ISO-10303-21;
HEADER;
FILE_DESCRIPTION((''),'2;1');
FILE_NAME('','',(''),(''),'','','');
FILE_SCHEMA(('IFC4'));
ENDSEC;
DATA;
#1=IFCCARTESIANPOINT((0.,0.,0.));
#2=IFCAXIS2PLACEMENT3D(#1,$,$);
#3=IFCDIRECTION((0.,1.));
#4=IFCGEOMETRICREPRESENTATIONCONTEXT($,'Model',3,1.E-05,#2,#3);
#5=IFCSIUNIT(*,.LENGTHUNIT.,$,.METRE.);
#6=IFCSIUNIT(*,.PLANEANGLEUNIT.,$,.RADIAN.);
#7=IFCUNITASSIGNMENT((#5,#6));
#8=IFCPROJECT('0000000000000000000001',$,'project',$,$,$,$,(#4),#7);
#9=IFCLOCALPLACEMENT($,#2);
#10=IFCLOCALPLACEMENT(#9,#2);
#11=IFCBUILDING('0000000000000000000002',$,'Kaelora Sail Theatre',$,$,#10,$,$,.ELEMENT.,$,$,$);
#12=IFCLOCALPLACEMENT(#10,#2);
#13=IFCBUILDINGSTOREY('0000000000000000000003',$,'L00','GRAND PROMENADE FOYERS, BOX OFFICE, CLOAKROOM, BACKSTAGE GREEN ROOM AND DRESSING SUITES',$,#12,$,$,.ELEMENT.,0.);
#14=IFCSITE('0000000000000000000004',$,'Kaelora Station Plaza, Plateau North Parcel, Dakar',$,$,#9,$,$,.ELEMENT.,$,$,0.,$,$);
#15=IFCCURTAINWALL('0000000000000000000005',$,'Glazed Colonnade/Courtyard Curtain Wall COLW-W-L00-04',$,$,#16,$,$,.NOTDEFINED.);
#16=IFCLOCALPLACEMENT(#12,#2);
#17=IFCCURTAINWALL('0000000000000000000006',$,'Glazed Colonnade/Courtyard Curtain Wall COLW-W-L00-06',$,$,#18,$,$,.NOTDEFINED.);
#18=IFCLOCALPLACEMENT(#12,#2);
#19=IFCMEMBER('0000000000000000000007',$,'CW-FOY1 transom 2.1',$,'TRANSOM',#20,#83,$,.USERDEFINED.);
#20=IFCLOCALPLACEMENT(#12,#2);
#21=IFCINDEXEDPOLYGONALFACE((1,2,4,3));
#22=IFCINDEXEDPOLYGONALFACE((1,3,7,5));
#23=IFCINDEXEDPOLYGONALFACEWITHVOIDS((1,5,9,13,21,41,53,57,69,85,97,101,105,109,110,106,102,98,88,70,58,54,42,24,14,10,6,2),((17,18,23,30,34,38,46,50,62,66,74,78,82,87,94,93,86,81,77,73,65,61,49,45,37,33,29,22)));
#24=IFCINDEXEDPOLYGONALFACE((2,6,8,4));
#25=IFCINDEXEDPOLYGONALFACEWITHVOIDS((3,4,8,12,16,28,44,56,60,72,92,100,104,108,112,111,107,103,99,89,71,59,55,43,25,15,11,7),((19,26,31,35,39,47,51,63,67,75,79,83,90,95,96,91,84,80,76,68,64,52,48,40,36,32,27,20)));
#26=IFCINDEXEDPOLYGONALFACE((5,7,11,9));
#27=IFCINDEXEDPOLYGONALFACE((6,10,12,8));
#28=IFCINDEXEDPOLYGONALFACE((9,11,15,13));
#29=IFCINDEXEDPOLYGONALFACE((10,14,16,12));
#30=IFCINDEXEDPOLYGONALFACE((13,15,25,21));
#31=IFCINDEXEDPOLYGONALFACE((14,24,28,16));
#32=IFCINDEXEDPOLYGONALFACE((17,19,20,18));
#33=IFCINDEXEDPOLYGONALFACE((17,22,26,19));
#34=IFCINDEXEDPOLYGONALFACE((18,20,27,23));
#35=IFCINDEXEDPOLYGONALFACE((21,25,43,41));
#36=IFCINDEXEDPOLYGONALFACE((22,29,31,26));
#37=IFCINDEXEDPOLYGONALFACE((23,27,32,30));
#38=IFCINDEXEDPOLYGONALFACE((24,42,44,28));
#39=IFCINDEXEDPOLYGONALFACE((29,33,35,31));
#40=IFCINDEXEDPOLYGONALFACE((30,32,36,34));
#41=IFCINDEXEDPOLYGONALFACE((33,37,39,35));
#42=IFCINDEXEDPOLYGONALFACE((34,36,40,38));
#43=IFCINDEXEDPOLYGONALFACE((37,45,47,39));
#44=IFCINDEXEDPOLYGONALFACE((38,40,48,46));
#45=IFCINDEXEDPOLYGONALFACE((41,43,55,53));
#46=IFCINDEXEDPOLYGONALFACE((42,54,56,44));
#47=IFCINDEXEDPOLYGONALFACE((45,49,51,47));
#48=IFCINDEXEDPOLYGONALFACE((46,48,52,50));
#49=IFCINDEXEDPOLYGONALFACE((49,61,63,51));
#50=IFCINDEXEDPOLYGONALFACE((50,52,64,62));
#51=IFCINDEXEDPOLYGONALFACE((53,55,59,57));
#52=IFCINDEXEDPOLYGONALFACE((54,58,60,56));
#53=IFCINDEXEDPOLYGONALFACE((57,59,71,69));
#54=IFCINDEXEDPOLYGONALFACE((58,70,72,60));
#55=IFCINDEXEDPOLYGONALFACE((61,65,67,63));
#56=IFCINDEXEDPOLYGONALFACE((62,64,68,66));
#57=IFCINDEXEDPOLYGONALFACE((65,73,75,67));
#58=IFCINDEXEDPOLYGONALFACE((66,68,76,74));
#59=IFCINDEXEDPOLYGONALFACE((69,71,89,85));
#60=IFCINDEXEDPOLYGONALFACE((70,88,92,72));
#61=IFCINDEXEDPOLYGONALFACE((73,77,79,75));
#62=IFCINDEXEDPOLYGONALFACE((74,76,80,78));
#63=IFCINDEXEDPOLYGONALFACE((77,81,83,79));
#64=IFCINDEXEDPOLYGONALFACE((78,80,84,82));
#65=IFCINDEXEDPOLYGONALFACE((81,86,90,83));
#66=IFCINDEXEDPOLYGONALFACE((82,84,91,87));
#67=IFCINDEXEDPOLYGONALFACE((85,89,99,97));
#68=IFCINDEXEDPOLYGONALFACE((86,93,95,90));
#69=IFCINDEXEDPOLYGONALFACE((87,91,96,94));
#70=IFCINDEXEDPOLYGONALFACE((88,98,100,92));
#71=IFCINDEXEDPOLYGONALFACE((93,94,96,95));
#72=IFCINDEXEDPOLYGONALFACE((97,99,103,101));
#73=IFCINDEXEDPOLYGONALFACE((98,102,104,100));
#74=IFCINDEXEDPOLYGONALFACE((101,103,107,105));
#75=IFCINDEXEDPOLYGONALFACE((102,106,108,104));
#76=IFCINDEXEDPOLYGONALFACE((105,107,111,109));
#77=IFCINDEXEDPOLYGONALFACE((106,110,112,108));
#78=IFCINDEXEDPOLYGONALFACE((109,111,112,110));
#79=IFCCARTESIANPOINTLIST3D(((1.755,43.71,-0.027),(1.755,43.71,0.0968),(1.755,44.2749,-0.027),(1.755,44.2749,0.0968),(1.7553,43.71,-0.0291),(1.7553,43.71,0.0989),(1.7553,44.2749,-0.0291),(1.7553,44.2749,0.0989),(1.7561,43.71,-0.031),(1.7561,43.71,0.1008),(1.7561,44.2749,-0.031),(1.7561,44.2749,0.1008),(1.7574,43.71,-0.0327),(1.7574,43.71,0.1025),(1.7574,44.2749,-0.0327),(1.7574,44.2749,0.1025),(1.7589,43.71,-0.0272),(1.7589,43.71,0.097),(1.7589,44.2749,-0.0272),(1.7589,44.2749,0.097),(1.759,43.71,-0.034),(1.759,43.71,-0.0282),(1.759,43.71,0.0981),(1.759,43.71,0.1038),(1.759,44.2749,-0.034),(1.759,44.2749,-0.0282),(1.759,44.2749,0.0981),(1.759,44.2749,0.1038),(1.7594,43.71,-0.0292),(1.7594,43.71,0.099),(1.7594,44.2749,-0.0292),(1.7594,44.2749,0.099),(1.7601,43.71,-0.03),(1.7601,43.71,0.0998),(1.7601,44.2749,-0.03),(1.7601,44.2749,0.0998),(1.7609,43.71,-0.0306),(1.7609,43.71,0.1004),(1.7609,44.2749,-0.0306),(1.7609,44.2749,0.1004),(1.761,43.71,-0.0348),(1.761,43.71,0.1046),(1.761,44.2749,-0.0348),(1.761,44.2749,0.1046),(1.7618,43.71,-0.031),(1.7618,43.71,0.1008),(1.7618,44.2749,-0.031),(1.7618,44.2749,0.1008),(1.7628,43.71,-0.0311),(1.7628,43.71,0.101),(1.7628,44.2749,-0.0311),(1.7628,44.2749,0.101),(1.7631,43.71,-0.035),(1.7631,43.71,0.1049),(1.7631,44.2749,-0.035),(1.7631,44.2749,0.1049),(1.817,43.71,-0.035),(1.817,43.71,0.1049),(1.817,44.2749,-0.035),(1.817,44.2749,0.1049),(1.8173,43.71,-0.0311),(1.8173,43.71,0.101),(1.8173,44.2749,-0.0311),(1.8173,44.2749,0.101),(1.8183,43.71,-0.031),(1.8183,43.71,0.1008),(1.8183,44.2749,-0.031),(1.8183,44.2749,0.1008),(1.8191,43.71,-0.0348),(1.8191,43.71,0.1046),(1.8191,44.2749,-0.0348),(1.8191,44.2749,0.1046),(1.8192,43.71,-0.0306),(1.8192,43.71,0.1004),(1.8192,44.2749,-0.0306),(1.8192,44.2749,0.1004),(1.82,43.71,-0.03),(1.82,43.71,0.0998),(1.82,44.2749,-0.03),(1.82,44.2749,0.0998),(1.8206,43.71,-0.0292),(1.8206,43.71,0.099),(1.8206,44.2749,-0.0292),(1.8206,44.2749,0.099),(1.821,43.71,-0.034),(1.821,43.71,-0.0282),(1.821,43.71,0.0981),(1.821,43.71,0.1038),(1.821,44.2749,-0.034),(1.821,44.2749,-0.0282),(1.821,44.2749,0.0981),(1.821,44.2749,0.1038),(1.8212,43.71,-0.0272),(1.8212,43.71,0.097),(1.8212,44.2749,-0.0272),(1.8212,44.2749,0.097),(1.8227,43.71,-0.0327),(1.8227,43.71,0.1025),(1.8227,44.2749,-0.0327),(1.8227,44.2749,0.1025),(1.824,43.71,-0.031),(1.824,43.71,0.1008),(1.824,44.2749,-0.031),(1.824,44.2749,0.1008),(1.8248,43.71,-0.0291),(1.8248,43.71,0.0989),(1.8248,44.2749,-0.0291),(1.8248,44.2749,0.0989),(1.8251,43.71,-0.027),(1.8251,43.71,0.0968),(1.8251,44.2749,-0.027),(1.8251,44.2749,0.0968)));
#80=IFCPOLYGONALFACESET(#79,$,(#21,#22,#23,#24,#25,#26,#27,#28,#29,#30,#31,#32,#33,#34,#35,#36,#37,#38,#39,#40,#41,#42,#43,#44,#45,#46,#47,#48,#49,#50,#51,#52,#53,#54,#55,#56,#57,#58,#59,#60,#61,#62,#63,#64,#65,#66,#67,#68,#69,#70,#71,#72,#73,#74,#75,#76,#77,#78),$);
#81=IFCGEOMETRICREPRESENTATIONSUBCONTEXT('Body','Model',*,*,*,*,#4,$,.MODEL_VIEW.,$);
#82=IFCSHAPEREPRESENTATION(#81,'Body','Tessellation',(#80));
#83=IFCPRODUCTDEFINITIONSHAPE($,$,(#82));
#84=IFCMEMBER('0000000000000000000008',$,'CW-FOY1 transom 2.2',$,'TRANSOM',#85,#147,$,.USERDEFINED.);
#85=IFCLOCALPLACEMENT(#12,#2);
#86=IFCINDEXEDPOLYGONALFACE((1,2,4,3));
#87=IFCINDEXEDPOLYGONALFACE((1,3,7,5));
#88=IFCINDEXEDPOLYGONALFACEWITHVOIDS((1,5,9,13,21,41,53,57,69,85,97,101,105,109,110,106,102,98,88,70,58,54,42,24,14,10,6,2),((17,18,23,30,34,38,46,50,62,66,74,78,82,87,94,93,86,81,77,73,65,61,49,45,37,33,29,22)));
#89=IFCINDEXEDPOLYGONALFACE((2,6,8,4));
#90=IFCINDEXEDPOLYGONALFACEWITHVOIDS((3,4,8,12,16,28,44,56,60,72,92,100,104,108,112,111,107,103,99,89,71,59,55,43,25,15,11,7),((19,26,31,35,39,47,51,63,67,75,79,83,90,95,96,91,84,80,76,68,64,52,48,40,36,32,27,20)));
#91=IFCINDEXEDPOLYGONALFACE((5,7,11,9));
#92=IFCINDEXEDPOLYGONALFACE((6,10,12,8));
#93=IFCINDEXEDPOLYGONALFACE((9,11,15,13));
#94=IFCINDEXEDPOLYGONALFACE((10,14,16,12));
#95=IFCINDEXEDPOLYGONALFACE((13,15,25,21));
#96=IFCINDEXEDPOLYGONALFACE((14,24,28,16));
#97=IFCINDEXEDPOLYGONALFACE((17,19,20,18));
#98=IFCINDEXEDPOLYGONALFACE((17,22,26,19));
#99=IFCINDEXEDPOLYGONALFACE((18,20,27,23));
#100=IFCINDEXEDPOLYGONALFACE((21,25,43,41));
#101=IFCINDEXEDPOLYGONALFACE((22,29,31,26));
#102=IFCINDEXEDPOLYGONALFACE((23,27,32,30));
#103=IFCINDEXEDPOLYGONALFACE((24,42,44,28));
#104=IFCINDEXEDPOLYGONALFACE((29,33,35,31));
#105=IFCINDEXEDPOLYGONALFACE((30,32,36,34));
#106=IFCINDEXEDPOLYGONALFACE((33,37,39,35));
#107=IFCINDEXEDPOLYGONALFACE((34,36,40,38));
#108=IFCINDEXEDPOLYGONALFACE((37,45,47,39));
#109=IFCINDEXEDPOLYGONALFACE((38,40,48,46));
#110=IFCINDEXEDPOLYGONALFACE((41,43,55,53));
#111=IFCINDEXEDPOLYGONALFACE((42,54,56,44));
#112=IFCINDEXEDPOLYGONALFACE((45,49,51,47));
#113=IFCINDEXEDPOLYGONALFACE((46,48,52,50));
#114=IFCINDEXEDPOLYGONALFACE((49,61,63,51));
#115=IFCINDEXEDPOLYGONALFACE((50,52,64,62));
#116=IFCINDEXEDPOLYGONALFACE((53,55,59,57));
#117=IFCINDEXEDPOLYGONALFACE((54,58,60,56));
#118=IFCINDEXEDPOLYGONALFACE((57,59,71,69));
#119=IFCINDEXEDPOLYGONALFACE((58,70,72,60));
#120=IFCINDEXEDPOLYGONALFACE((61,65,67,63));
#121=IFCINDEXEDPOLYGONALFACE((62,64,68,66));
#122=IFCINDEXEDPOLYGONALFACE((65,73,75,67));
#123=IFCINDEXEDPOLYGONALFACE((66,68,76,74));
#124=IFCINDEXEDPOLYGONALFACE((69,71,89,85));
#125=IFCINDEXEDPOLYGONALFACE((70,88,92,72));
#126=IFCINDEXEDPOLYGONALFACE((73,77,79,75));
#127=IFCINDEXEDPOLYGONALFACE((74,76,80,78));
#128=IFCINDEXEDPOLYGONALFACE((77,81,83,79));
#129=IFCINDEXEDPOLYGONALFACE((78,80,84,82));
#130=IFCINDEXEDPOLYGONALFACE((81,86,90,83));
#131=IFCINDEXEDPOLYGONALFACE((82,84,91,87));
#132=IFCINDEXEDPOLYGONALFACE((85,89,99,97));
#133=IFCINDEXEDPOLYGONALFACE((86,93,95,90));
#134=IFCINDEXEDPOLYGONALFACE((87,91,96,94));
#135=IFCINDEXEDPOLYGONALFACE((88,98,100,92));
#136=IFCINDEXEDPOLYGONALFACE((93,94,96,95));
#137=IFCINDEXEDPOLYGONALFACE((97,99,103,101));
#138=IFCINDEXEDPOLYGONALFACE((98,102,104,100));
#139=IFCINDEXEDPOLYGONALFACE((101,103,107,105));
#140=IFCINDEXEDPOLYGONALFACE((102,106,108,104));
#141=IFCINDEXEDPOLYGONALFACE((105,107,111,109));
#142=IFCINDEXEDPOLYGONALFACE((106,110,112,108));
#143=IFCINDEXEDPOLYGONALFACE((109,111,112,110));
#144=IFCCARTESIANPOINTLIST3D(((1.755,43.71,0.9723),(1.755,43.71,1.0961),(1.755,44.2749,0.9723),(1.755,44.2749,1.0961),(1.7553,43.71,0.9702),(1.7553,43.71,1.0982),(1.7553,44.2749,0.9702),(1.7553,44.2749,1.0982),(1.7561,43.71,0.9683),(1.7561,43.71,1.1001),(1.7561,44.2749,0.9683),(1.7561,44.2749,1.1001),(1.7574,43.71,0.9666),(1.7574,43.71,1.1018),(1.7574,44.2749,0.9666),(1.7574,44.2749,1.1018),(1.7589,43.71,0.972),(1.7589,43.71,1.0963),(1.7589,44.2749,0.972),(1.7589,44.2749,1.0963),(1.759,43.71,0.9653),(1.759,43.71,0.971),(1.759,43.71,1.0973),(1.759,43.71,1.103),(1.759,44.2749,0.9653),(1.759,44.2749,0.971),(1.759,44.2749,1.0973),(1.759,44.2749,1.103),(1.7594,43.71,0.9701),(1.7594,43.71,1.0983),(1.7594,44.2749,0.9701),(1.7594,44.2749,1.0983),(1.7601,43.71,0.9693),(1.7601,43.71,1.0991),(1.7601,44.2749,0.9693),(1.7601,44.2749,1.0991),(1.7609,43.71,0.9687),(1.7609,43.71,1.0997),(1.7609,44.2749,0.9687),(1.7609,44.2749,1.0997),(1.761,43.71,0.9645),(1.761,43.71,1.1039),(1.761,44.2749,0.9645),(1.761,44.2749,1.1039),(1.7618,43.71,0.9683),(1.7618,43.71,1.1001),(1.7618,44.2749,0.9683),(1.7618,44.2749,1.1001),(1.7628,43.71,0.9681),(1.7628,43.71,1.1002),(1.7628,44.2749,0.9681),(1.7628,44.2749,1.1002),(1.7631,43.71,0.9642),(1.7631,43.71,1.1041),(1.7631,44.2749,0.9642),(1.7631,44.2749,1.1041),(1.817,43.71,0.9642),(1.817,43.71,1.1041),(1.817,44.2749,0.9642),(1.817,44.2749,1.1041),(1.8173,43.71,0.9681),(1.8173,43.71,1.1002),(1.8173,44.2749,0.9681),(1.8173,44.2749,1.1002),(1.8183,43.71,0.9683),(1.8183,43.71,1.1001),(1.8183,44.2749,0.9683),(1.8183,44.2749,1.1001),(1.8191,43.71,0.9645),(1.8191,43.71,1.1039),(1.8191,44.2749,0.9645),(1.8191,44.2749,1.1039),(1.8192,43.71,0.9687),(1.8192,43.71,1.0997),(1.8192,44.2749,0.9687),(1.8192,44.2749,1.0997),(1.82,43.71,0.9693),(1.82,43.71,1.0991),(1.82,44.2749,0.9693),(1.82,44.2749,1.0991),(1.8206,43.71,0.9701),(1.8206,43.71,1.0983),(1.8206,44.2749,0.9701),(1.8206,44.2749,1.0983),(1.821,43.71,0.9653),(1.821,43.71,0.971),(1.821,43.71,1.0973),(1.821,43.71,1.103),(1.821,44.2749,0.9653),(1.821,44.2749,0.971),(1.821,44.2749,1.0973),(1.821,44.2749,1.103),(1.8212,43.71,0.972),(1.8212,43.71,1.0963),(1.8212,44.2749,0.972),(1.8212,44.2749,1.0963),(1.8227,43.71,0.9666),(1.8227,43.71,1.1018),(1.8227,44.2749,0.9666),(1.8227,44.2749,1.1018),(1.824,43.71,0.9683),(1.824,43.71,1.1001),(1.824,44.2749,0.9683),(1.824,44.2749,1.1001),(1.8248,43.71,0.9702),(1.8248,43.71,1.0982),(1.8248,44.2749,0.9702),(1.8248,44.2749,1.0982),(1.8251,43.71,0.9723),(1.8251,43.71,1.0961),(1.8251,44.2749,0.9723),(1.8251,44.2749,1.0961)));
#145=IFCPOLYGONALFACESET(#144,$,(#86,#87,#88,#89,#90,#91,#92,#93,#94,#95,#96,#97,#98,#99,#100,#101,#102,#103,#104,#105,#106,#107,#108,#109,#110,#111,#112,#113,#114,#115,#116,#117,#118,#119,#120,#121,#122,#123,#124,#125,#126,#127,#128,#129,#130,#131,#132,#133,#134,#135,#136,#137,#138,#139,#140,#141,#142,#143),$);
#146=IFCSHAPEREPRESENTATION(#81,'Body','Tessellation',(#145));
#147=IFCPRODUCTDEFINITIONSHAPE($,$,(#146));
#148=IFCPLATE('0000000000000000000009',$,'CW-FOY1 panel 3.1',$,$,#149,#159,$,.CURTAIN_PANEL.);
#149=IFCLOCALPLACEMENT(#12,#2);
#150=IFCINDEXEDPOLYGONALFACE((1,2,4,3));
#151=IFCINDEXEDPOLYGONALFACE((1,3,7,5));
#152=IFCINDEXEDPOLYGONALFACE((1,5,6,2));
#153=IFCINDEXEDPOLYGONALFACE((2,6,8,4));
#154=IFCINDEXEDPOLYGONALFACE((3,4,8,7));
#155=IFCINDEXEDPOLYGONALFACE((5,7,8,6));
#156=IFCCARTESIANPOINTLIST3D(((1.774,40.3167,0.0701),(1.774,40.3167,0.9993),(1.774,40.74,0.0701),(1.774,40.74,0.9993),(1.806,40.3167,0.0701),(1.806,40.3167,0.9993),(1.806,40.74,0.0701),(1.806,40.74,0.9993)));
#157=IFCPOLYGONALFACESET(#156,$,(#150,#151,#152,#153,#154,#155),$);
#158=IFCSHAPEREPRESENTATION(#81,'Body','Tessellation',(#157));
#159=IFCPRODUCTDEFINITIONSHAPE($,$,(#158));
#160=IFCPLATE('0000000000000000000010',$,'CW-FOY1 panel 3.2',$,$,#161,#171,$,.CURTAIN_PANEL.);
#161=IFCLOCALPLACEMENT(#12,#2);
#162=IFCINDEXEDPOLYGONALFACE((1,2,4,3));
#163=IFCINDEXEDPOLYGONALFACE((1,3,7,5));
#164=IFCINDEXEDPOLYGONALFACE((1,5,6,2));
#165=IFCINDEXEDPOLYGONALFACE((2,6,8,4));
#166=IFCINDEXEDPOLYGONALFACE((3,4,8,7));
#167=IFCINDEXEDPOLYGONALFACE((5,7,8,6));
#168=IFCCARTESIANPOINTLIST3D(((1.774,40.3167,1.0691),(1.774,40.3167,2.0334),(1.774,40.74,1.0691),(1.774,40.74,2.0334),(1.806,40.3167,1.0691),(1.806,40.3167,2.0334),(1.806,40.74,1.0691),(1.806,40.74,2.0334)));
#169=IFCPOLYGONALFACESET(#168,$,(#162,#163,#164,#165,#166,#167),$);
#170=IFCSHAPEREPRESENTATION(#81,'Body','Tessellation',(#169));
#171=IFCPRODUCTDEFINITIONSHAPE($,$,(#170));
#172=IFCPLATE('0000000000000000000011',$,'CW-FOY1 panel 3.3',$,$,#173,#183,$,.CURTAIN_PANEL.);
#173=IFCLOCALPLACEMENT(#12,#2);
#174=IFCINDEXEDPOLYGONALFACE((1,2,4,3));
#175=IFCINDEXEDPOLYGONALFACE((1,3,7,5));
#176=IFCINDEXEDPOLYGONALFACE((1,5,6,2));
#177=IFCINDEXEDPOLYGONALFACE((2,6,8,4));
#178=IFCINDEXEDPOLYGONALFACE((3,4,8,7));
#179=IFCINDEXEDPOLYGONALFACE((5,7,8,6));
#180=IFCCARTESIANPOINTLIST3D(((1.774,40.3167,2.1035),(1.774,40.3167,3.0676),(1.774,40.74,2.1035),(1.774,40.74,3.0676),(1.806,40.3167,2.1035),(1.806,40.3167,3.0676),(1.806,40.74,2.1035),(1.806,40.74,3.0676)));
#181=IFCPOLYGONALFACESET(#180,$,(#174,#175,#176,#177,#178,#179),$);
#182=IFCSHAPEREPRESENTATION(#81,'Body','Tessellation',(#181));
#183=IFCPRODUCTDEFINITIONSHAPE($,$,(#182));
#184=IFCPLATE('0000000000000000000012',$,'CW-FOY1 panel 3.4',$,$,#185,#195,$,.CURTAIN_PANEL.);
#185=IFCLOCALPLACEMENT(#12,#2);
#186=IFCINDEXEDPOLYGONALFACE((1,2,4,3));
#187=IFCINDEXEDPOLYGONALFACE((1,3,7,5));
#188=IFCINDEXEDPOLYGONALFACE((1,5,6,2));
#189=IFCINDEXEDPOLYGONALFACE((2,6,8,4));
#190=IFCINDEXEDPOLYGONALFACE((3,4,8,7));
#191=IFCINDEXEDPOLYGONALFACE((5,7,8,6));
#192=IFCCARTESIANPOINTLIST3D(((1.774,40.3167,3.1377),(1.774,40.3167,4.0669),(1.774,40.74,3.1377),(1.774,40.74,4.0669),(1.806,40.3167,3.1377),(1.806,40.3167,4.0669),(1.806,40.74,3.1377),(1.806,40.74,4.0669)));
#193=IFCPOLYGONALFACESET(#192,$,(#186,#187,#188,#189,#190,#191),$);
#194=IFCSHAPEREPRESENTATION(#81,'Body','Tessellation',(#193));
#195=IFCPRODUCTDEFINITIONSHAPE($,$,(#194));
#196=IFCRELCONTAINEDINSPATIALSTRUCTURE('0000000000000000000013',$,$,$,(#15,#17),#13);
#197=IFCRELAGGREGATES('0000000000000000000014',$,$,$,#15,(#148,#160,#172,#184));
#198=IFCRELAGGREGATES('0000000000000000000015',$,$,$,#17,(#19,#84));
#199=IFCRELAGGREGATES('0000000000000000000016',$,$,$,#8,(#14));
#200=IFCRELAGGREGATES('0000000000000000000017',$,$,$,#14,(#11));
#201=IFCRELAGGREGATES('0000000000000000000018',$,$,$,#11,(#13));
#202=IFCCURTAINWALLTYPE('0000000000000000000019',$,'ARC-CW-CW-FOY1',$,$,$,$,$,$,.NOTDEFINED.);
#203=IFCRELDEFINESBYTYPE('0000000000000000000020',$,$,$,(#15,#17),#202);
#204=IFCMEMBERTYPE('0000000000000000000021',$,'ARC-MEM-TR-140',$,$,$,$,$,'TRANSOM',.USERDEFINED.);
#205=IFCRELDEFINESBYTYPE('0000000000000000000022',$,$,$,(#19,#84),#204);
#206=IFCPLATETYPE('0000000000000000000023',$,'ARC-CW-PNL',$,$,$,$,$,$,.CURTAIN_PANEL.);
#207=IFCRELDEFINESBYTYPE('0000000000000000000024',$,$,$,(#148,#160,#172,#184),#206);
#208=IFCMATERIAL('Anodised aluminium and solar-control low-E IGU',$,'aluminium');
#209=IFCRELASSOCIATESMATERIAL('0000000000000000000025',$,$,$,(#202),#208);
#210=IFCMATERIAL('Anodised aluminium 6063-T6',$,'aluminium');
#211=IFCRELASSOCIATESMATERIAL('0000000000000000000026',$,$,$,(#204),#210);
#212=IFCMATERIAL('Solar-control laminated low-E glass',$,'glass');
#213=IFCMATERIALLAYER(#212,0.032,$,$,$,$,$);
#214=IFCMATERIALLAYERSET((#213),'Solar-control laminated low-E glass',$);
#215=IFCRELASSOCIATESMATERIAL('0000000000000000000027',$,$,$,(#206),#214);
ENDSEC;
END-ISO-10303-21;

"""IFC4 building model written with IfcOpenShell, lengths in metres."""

from ifc_helpers import new_model, si_unit, direction, frame, origin, origin_2d, place, context, subcontext, project, spatial, rectangle, hollow_rectangle, extrude, material, layer, layer_set, material_profile, profile_set, type_object, element, aggregate, save


model = new_model("IFC4")

# Units and contexts
model_context = context("Model", 3, precision=1e-05, world=origin(), true_north=direction((0.0, 1.0)))
body_context = subcontext(model_context, "Body", "Model", "MODEL_VIEW")
ifc_project = project(units=[si_unit("LENGTHUNIT", "METRE"), si_unit("PLANEANGLEUNIT", "RADIAN")], contexts=[model_context])

# Site, building, storey
site_placement = place(None, origin())
site = spatial("IfcSite", under=ifc_project, at=site_placement, Name="Kaelora Station Plaza, Plateau North Parcel, Dakar", CompositionType="ELEMENT", RefElevation=0.0)
building_placement = place(site_placement, origin())
building = spatial("IfcBuilding", under=site, at=building_placement, Name="Kaelora Sail Theatre", CompositionType="ELEMENT")
storey_placement = place(building_placement, origin())
storey = spatial("IfcBuildingStorey", under=building, at=storey_placement, Name="L00", Description="GRAND PROMENADE FOYERS, BOX OFFICE, CLOAKROOM, BACKSTAGE GREEN ROOM AND DRESSING SUITES", CompositionType="ELEMENT", Elevation=0.0)

# Curtain wall
ifc_material_1 = material(Name="Anodised aluminium and solar-control low-E IGU", Category="aluminium")
curtain_wall_type = type_object("IfcCurtainWallType", Name="ARC-CW-CW-FOY1", PredefinedType="NOTDEFINED", material=ifc_material_1)
curtain_wall_1_placement = place(storey_placement, origin())
curtain_wall_1 = element("IfcCurtainWall", 1, at=curtain_wall_1_placement, inside=storey, type_object=curtain_wall_type, Name="Glazed Colonnade/Courtyard Curtain Wall COLW-W-L00-04", PredefinedType="NOTDEFINED")

# Curtain wall
curtain_wall_2_placement = place(storey_placement, origin())
curtain_wall_2 = element("IfcCurtainWall", 2, at=curtain_wall_2_placement, inside=storey, type_object=curtain_wall_type, Name="Glazed Colonnade/Courtyard Curtain Wall COLW-W-L00-06", PredefinedType="NOTDEFINED")

# Members
ifc_material_2 = material(Name="Anodised aluminium 6063-T6", Category="aluminium")
ifc_material_profile_1 = material_profile(ifc_material_2, hollow_rectangle(XDim=0.0701, YDim=0.1399, WallThickness=0.0039, InnerFilletRadius=0.0039, OuterFilletRadius=0.0081, at=origin_2d()), Name="ALU-TRAN 70x140x4")
ifc_profile_set_1 = profile_set([ifc_material_profile_1], Name="Anodised aluminium 6063-T6")
member_type_1 = type_object("IfcMemberType", Name="ARC-MEM-TR-140", ElementType="TRANSOM", PredefinedType="USERDEFINED", material=ifc_profile_set_1)
member_1_placement = place(storey_placement, frame((1.79, 43.71, 0.0349), z_axis=(0.0, 1.0, 0.0), x_axis=(-1.0, 0.0, 0.0)))
member_1 = element("IfcMember", 3, at=member_1_placement, type_object=member_type_1, Name="CW-FOY1 transom 2.1", ObjectType="TRANSOM", PredefinedType="USERDEFINED", context=body_context, shape_type="SweptSolid", body=[
    extrude(hollow_rectangle(XDim=0.0701, YDim=0.1399, WallThickness=0.0039, InnerFilletRadius=0.0039, OuterFilletRadius=0.0081, at=origin_2d()), origin(), (0.0, 0.0, 1.0), 0.5649),
])
member_2_placement = place(storey_placement, frame((1.79, 43.71, 1.0342), z_axis=(0.0, 1.0, 0.0), x_axis=(-1.0, 0.0, 0.0)))
member_2 = element("IfcMember", 4, at=member_2_placement, type_object=member_type_1, Name="CW-FOY1 transom 2.2", ObjectType="TRANSOM", PredefinedType="USERDEFINED", context=body_context, shape_type="SweptSolid", body=[
    extrude(hollow_rectangle(XDim=0.0701, YDim=0.1399, WallThickness=0.0039, InnerFilletRadius=0.0039, OuterFilletRadius=0.0081, at=origin_2d()), origin(), (0.0, 0.0, 1.0), 0.5649),
])

# Plates
ifc_material_3 = material(Name="Solar-control laminated low-E glass", Category="glass")
ifc_layer = layer(ifc_material_3, 0.032)
ifc_layer_set = layer_set([ifc_layer], Name="Solar-control laminated low-E glass")
plate_type = type_object("IfcPlateType", Name="ARC-CW-PNL", PredefinedType="CURTAIN_PANEL", material=ifc_layer_set)
plate_1_placement = place(storey_placement, frame((1.79, 40.5283, 0.0701), z_axis=(0.0, 0.0, 1.0), x_axis=(0.0, 1.0, 0.0)))
plate_1 = element("IfcPlate", 5, at=plate_1_placement, type_object=plate_type, Name="CW-FOY1 panel 3.1", PredefinedType="CURTAIN_PANEL", context=body_context, shape_type="SweptSolid", body=[
    extrude(rectangle(XDim=0.4233, YDim=0.032, at=origin_2d()), origin(), (0.0, 0.0, 1.0), 0.9292),
])
plate_2_placement = place(storey_placement, frame((1.79, 40.5283, 1.0691), z_axis=(0.0, 0.0, 1.0), x_axis=(0.0, 1.0, 0.0)))
plate_2 = element("IfcPlate", 6, at=plate_2_placement, type_object=plate_type, Name="CW-FOY1 panel 3.2", PredefinedType="CURTAIN_PANEL", context=body_context, shape_type="SweptSolid", body=[
    extrude(rectangle(XDim=0.4233, YDim=0.032, at=origin_2d()), origin(), (0.0, 0.0, 1.0), 0.9644),
])
plate_3_placement = place(storey_placement, frame((1.79, 40.5283, 2.1035), z_axis=(0.0, 0.0, 1.0), x_axis=(0.0, 1.0, 0.0)))
plate_3 = element("IfcPlate", 7, at=plate_3_placement, type_object=plate_type, Name="CW-FOY1 panel 3.3", PredefinedType="CURTAIN_PANEL", context=body_context, shape_type="SweptSolid", body=[
    extrude(rectangle(XDim=0.4233, YDim=0.032, at=origin_2d()), origin(), (0.0, 0.0, 1.0), 0.9641),
])
plate_4_placement = place(storey_placement, frame((1.79, 40.5283, 3.1377), z_axis=(0.0, 0.0, 1.0), x_axis=(0.0, 1.0, 0.0)))
plate_4 = element("IfcPlate", 8, at=plate_4_placement, type_object=plate_type, Name="CW-FOY1 panel 3.4", PredefinedType="CURTAIN_PANEL", context=body_context, shape_type="SweptSolid", body=[
    extrude(rectangle(XDim=0.4233, YDim=0.032, at=origin_2d()), origin(), (0.0, 0.0, 1.0), 0.9292),
])
aggregate(curtain_wall_1, [plate_1, plate_2, plate_3, plate_4])
aggregate(curtain_wall_2, [member_1, member_2])

save(model, "model.ifc")
